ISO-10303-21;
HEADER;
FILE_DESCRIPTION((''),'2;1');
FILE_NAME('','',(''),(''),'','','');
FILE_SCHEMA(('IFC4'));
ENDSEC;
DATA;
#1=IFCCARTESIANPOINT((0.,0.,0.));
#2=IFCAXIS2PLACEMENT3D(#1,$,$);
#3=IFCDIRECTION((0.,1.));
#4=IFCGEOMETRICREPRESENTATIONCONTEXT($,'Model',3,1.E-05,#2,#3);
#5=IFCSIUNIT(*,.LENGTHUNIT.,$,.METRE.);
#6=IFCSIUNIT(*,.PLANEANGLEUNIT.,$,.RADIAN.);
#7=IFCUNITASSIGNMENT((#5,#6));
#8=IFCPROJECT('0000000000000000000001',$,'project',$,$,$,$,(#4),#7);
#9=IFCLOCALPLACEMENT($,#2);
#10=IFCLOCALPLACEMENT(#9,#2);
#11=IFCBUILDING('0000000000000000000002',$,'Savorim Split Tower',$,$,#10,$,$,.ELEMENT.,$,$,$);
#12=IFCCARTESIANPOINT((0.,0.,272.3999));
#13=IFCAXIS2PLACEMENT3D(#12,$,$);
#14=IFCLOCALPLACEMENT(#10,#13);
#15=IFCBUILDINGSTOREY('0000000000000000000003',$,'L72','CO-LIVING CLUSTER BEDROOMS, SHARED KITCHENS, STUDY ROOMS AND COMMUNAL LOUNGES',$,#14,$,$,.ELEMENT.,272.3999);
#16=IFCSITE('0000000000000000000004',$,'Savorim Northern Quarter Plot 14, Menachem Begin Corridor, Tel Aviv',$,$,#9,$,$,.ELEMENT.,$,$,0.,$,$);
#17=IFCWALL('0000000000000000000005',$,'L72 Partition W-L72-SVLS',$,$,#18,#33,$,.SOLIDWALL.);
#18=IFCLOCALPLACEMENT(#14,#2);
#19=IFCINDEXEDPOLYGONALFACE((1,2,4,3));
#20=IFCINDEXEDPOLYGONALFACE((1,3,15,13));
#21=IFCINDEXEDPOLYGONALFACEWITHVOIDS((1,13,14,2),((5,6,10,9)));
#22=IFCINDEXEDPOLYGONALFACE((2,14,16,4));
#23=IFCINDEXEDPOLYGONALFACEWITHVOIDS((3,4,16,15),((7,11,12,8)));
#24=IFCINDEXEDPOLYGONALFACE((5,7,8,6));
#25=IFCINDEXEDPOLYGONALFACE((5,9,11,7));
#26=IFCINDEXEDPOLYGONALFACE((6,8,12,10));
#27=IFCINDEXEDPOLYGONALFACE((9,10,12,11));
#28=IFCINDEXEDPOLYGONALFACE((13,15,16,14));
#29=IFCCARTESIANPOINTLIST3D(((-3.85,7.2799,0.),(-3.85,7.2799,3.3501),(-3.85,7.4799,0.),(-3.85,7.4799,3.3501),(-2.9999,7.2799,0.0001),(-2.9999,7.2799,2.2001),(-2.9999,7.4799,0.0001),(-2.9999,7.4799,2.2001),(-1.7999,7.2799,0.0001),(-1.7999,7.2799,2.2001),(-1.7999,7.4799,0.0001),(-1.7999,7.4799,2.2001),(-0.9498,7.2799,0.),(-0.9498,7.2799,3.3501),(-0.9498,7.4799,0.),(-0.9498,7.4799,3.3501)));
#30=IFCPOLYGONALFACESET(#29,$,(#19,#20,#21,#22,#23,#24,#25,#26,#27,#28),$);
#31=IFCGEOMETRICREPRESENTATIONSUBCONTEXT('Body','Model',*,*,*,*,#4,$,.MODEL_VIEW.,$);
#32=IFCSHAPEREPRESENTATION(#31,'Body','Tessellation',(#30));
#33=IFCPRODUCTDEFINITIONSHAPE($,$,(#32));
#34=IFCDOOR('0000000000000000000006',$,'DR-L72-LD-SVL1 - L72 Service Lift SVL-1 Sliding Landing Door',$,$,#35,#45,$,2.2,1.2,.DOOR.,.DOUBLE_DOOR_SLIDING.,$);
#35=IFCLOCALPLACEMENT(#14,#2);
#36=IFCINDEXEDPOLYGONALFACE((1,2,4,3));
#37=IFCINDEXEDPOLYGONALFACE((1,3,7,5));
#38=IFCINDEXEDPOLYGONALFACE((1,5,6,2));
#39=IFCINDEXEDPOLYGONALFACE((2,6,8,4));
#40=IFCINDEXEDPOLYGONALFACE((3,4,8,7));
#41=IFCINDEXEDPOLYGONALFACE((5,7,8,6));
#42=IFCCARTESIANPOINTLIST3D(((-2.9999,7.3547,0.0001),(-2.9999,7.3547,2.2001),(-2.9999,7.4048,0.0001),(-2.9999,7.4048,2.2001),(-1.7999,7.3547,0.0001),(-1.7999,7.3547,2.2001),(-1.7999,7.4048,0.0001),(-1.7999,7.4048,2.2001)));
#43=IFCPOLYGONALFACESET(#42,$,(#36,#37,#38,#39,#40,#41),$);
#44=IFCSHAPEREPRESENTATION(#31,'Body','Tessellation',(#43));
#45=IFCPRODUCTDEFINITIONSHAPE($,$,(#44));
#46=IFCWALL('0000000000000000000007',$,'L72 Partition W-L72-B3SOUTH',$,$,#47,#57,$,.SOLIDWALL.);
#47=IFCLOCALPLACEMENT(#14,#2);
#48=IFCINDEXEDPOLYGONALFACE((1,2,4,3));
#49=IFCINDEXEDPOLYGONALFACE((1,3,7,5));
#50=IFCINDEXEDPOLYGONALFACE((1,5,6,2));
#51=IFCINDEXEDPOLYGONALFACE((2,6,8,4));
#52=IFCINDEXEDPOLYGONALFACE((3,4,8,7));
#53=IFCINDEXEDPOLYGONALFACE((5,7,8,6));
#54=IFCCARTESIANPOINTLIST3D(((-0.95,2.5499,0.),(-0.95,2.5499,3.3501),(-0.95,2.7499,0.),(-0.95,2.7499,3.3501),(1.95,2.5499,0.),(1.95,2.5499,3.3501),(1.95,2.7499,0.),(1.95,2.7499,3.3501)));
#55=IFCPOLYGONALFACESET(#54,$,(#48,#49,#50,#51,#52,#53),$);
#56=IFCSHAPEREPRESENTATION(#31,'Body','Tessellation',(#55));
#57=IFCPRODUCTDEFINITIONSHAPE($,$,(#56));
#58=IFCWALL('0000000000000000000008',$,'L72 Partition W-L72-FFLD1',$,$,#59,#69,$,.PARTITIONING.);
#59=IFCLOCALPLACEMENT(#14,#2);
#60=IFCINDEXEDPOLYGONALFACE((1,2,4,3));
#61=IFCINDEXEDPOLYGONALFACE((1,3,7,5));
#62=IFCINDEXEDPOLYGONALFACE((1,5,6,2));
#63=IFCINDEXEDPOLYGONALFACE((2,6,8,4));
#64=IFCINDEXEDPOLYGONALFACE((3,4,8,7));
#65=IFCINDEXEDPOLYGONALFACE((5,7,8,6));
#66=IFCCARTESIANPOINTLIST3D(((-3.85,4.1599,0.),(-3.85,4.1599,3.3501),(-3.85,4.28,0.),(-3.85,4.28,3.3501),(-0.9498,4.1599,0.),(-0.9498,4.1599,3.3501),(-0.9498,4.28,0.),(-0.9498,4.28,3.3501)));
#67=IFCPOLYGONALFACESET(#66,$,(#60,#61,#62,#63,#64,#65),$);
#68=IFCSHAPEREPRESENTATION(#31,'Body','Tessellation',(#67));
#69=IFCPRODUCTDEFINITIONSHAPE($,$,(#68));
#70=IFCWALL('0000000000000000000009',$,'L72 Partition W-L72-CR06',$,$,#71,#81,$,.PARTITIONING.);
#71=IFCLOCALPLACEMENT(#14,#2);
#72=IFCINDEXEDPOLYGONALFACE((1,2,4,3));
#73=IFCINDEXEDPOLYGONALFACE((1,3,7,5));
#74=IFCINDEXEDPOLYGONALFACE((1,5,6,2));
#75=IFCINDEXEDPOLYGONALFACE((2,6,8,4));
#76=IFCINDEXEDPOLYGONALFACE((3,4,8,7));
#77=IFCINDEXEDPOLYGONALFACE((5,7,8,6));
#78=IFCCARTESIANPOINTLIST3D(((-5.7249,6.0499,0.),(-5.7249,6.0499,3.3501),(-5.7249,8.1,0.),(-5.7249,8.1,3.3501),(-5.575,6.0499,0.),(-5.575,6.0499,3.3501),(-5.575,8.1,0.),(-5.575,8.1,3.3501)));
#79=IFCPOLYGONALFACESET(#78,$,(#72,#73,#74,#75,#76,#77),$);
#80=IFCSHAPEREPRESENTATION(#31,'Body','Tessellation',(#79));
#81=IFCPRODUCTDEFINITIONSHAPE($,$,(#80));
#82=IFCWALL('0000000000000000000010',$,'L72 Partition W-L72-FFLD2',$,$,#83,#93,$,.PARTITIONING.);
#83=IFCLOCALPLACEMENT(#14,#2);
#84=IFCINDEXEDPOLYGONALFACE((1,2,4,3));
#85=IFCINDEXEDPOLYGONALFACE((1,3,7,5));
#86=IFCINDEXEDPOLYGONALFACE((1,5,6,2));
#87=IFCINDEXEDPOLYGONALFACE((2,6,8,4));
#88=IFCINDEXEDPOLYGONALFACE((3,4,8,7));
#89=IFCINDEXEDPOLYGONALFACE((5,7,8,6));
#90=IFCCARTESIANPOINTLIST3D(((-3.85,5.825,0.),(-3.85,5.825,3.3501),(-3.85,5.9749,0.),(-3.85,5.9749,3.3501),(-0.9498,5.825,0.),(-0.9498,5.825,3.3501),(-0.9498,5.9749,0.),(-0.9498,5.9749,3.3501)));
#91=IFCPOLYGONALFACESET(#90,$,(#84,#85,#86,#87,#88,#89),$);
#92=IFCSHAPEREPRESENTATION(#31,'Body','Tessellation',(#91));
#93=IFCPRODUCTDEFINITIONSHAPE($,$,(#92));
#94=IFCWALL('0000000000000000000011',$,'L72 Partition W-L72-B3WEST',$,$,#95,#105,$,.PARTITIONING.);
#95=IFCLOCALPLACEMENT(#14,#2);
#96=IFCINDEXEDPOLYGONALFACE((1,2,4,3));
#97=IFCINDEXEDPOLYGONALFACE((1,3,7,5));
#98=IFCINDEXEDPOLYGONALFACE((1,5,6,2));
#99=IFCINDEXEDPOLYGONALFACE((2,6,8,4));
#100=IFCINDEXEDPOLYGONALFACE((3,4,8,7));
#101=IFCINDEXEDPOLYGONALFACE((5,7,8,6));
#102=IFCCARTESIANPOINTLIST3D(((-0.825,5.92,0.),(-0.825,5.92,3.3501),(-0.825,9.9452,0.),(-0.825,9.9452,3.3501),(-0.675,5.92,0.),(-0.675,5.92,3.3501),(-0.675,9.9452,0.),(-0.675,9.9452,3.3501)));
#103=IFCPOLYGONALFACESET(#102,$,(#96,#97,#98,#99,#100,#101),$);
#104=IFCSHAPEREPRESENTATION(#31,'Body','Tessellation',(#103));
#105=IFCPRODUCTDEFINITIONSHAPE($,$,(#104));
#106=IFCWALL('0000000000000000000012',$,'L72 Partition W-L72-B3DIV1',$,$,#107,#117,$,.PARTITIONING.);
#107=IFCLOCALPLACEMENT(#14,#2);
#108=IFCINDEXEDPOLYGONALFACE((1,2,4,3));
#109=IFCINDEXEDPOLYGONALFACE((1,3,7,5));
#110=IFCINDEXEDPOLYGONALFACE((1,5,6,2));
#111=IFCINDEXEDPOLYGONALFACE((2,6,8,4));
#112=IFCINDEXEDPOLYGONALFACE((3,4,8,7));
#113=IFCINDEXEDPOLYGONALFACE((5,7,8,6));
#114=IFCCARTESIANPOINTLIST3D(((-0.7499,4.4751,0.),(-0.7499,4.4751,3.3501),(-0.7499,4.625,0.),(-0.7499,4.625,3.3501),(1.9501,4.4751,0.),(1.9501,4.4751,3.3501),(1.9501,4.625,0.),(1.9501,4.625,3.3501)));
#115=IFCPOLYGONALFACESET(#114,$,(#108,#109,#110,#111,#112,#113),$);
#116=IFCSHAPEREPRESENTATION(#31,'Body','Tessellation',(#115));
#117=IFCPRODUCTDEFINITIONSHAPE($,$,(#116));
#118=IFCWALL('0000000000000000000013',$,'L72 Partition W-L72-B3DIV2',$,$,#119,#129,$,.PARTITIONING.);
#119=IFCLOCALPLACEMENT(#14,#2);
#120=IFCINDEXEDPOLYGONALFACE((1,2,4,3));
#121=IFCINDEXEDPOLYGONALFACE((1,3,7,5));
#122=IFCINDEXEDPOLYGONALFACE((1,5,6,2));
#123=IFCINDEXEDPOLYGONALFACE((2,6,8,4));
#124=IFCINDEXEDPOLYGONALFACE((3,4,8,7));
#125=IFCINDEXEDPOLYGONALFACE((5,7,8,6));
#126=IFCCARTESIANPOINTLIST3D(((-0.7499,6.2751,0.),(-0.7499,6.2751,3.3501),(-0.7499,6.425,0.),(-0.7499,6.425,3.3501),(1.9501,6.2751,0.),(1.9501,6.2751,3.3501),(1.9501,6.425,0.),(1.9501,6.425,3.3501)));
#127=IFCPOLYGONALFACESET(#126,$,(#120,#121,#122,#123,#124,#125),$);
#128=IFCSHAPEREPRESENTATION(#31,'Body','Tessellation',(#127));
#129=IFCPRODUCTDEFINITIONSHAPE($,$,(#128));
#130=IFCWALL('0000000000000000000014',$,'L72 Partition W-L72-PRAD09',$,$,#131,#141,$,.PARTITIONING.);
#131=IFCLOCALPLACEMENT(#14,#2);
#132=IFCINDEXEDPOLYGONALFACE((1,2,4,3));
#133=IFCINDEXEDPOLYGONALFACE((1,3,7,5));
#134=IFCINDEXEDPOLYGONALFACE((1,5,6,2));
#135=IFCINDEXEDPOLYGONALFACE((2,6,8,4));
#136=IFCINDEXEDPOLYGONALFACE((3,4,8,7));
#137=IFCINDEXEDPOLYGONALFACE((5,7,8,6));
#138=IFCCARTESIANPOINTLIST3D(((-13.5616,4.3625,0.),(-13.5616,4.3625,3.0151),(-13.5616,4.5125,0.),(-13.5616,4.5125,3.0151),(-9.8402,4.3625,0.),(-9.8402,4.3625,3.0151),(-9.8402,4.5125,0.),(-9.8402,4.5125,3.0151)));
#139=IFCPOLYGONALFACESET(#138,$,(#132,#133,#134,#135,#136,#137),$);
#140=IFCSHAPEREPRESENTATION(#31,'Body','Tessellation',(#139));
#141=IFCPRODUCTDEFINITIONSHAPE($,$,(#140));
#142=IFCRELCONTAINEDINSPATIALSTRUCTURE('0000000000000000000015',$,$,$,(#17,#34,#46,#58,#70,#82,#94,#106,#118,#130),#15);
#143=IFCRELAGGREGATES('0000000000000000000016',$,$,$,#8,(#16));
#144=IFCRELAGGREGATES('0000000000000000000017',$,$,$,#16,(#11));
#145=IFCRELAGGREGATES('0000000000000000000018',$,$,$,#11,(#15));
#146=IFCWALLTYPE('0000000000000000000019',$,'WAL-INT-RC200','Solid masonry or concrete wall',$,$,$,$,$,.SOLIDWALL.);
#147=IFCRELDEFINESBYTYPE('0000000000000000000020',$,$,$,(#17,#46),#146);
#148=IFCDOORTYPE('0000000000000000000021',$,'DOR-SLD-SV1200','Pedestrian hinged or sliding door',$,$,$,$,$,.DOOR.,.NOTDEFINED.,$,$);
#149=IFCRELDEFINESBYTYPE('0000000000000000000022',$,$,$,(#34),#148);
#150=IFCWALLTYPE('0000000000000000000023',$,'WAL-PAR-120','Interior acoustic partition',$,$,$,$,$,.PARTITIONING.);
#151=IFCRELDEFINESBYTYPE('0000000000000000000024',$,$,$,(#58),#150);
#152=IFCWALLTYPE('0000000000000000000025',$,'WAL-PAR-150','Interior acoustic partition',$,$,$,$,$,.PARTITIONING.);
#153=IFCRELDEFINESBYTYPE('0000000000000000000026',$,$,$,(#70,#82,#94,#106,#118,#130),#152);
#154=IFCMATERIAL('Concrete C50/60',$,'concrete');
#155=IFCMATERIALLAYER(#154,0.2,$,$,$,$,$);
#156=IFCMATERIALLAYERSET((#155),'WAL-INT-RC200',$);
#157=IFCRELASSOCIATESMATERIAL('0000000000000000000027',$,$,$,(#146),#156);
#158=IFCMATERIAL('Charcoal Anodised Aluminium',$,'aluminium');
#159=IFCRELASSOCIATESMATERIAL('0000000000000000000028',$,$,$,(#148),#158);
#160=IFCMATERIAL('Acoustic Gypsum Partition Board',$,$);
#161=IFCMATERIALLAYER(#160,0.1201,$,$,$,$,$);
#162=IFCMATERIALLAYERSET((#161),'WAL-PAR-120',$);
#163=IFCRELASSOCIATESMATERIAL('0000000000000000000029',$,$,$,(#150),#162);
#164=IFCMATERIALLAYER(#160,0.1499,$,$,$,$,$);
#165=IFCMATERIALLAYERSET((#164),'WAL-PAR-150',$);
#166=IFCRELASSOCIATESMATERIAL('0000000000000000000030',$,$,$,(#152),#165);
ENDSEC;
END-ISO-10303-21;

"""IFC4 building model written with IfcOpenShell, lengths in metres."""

from ifc_helpers import new_model, si_unit, direction, frame, frame_2d, origin, place, context, subcontext, project, spatial, rectangle, extrude, material, layer, layer_set, type_object, element, fill, save


model = new_model("IFC4")

# Units and contexts
model_context = context("Model", 3, precision=1e-05, world=origin(), true_north=direction((0.0, 1.0)))
body_context = subcontext(model_context, "Body", "Model", "MODEL_VIEW")
ifc_project = project(units=[si_unit("LENGTHUNIT", "METRE"), si_unit("PLANEANGLEUNIT", "RADIAN")], contexts=[model_context])

# Site, building, storey
site_placement = place(None, origin())
site = spatial("IfcSite", under=ifc_project, at=site_placement, Name="Savorim Northern Quarter Plot 14, Menachem Begin Corridor, Tel Aviv", CompositionType="ELEMENT", RefElevation=0.0)
building_placement = place(site_placement, origin())
building = spatial("IfcBuilding", under=site, at=building_placement, Name="Savorim Split Tower", CompositionType="ELEMENT")
storey_placement = place(building_placement, frame((0.0, 0.0, 272.3999)))
storey = spatial("IfcBuildingStorey", under=building, at=storey_placement, Name="L72", Description="CO-LIVING CLUSTER BEDROOMS, SHARED KITCHENS, STUDY ROOMS AND COMMUNAL LOUNGES", CompositionType="ELEMENT", Elevation=272.3999)

# Shared definitions
ifc_material_1 = material(Name="Charcoal Anodised Aluminium", Category="aluminium")

# Shared definitions
ifc_material_2 = material(Name="Concrete C50/60", Category="concrete")
ifc_layer_1 = layer(ifc_material_2, 0.2)
ifc_layer_set_1 = layer_set([ifc_layer_1], Name="WAL-INT-RC200")
wall_type_1 = type_object("IfcWallType", Name="WAL-INT-RC200", Description="Solid masonry or concrete wall", PredefinedType="SOLIDWALL", material=ifc_layer_set_1)

# Wall, opening, door
wall_1_placement = place(storey_placement, frame((-3.8501, 7.3799, 0.0), z_axis=(0.0, 0.0, 1.0), x_axis=(1.0, 0.0, 0.0)))
wall_1 = element("IfcWall", 1, at=wall_1_placement, inside=storey, type_object=wall_type_1, Name="L72 Partition W-L72-SVLS", PredefinedType="SOLIDWALL", context=body_context, shape_type="SweptSolid", body=[
    extrude(rectangle(XDim=2.9001, YDim=0.2, at=frame_2d((1.4502, 0.0))), origin(), (0.0, 0.0, 1.0), 3.3501),
])
opening_1_placement = place(wall_1_placement, frame((0.8501, 0.0, 0.0)))
opening_1 = element("IfcOpeningElement", 2, at=opening_1_placement, cuts=wall_1, PredefinedType="OPENING", context=body_context, shape_type="SweptSolid", body=[
    extrude(rectangle(XDim=1.2, YDim=2.2, at=frame_2d((0.6001, 1.1001))), frame((0.0, 0.1099, 0.0), z_axis=(0.0, -1.0, 0.0), x_axis=(1.0, 0.0, 0.0)), (0.0, 0.0, 1.0), 0.22),
])
door_type_1 = type_object("IfcDoorType", Name="DOR-SLD-SV1200", Description="Pedestrian hinged or sliding door", OperationType="NOTDEFINED", PredefinedType="DOOR", material=ifc_material_1)
door_1_placement = place(opening_1_placement, origin())
door_1 = element("IfcDoor", 3, at=door_1_placement, inside=storey, type_object=door_type_1, Name="DR-L72-LD-SVL1 - L72 Service Lift SVL-1 Sliding Landing Door", OperationType="DOUBLE_DOOR_SLIDING", OverallHeight=2.2, OverallWidth=1.2, PredefinedType="DOOR", context=body_context, shape_type="SweptSolid", body=[
    extrude(rectangle(XDim=1.2, YDim=2.2, at=frame_2d((0.6001, 1.1001))), frame((0.0, 0.0249, 0.0), z_axis=(0.0, -1.0, 0.0), x_axis=(1.0, 0.0, 0.0)), (0.0, 0.0, 1.0), 0.05),
])
fill(opening_1, door_1)

# Walls
wall_2_placement = place(storey_placement, frame((-0.95, 2.6499, 0.0), z_axis=(0.0, 0.0, 1.0), x_axis=(1.0, 0.0, 0.0)))
element("IfcWall", 4, at=wall_2_placement, inside=storey, type_object=wall_type_1, Name="L72 Partition W-L72-B3SOUTH", PredefinedType="SOLIDWALL", context=body_context, shape_type="SweptSolid", body=[
    extrude(rectangle(XDim=2.8999, YDim=0.2, at=frame_2d((1.45, 0.0))), origin(), (0.0, 0.0, 1.0), 3.3501),
])
ifc_material_3 = material(Name="Acoustic Gypsum Partition Board")
ifc_layer_2 = layer(ifc_material_3, 0.1201)
ifc_layer_set_2 = layer_set([ifc_layer_2], Name="WAL-PAR-120")
wall_type_2 = type_object("IfcWallType", Name="WAL-PAR-120", Description="Interior acoustic partition", PredefinedType="PARTITIONING", material=ifc_layer_set_2)
wall_3_placement = place(storey_placement, frame((-3.8501, 4.22, 0.0), z_axis=(0.0, 0.0, 1.0), x_axis=(1.0, 0.0, 0.0)))
element("IfcWall", 5, at=wall_3_placement, inside=storey, type_object=wall_type_2, Name="L72 Partition W-L72-FFLD1", PredefinedType="PARTITIONING", context=body_context, shape_type="SweptSolid", body=[
    extrude(rectangle(XDim=2.9001, YDim=0.1201, at=frame_2d((1.4502, 0.0))), origin(), (0.0, 0.0, 1.0), 3.3501),
])
ifc_layer_3 = layer(ifc_material_3, 0.1499)
ifc_layer_set_3 = layer_set([ifc_layer_3], Name="WAL-PAR-150")
wall_type_3 = type_object("IfcWallType", Name="WAL-PAR-150", Description="Interior acoustic partition", PredefinedType="PARTITIONING", material=ifc_layer_set_3)
wall_4_placement = place(storey_placement, frame((-5.6499, 6.05, 0.0), z_axis=(0.0, 0.0, 1.0), x_axis=(0.0, 1.0, 0.0)))
element("IfcWall", 6, at=wall_4_placement, inside=storey, type_object=wall_type_3, Name="L72 Partition W-L72-CR06", PredefinedType="PARTITIONING", context=body_context, shape_type="SweptSolid", body=[
    extrude(rectangle(XDim=2.05, YDim=0.1499, at=frame_2d((1.0249, 0.0))), origin(), (0.0, 0.0, 1.0), 3.3501),
])
wall_5_placement = place(storey_placement, frame((-3.8501, 5.8999, 0.0), z_axis=(0.0, 0.0, 1.0), x_axis=(1.0, 0.0, 0.0)))
element("IfcWall", 7, at=wall_5_placement, inside=storey, type_object=wall_type_3, Name="L72 Partition W-L72-FFLD2", PredefinedType="PARTITIONING", context=body_context, shape_type="SweptSolid", body=[
    extrude(rectangle(XDim=2.9001, YDim=0.1499, at=frame_2d((1.4502, 0.0))), origin(), (0.0, 0.0, 1.0), 3.3501),
])
wall_6_placement = place(storey_placement, frame((-0.75, 5.9199, 0.0), z_axis=(0.0, 0.0, 1.0), x_axis=(0.0, 1.0, 0.0)))
element("IfcWall", 8, at=wall_6_placement, inside=storey, type_object=wall_type_3, Name="L72 Partition W-L72-B3WEST", PredefinedType="PARTITIONING", context=body_context, shape_type="SweptSolid", body=[
    extrude(rectangle(XDim=4.0251, YDim=0.1499, at=frame_2d((2.0127, 0.0))), origin(), (0.0, 0.0, 1.0), 3.3501),
])
for number, where, z_axis, x_axis, name in (
    (9, (-0.75, 4.55, 0.0), (0.0, 0.0, 1.0), (1.0, 0.0, 0.0), "L72 Partition W-L72-B3DIV1"),
    (10, (-0.75, 6.3501, 0.0), (0.0, 0.0, 1.0), (1.0, 0.0, 0.0), "L72 Partition W-L72-B3DIV2"),
):
    element("IfcWall", number, at=place(storey_placement, frame(where, z_axis=z_axis, x_axis=x_axis)), inside=storey, type_object=wall_type_3, Name=name, PredefinedType="PARTITIONING", context=body_context, shape_type="SweptSolid", body=[
        extrude(rectangle(XDim=2.7, YDim=0.1499, at=frame_2d((1.3501, 0.0))), origin(), (0.0, 0.0, 1.0), 3.3501),
    ])
wall_7_placement = place(storey_placement, frame((-9.8401, 4.4375, 0.0), z_axis=(0.0, 0.0, 1.0), x_axis=(-1.0, 0.0, 0.0)))
element("IfcWall", 11, at=wall_7_placement, inside=storey, type_object=wall_type_3, Name="L72 Partition W-L72-PRAD09", PredefinedType="PARTITIONING", context=body_context, shape_type="SweptSolid", body=[
    extrude(rectangle(XDim=3.7214, YDim=0.1499, at=frame_2d((1.8608, 0.0))), origin(), (0.0, 0.0, 1.0), 3.0151),
])

save(model, "model.ifc")
